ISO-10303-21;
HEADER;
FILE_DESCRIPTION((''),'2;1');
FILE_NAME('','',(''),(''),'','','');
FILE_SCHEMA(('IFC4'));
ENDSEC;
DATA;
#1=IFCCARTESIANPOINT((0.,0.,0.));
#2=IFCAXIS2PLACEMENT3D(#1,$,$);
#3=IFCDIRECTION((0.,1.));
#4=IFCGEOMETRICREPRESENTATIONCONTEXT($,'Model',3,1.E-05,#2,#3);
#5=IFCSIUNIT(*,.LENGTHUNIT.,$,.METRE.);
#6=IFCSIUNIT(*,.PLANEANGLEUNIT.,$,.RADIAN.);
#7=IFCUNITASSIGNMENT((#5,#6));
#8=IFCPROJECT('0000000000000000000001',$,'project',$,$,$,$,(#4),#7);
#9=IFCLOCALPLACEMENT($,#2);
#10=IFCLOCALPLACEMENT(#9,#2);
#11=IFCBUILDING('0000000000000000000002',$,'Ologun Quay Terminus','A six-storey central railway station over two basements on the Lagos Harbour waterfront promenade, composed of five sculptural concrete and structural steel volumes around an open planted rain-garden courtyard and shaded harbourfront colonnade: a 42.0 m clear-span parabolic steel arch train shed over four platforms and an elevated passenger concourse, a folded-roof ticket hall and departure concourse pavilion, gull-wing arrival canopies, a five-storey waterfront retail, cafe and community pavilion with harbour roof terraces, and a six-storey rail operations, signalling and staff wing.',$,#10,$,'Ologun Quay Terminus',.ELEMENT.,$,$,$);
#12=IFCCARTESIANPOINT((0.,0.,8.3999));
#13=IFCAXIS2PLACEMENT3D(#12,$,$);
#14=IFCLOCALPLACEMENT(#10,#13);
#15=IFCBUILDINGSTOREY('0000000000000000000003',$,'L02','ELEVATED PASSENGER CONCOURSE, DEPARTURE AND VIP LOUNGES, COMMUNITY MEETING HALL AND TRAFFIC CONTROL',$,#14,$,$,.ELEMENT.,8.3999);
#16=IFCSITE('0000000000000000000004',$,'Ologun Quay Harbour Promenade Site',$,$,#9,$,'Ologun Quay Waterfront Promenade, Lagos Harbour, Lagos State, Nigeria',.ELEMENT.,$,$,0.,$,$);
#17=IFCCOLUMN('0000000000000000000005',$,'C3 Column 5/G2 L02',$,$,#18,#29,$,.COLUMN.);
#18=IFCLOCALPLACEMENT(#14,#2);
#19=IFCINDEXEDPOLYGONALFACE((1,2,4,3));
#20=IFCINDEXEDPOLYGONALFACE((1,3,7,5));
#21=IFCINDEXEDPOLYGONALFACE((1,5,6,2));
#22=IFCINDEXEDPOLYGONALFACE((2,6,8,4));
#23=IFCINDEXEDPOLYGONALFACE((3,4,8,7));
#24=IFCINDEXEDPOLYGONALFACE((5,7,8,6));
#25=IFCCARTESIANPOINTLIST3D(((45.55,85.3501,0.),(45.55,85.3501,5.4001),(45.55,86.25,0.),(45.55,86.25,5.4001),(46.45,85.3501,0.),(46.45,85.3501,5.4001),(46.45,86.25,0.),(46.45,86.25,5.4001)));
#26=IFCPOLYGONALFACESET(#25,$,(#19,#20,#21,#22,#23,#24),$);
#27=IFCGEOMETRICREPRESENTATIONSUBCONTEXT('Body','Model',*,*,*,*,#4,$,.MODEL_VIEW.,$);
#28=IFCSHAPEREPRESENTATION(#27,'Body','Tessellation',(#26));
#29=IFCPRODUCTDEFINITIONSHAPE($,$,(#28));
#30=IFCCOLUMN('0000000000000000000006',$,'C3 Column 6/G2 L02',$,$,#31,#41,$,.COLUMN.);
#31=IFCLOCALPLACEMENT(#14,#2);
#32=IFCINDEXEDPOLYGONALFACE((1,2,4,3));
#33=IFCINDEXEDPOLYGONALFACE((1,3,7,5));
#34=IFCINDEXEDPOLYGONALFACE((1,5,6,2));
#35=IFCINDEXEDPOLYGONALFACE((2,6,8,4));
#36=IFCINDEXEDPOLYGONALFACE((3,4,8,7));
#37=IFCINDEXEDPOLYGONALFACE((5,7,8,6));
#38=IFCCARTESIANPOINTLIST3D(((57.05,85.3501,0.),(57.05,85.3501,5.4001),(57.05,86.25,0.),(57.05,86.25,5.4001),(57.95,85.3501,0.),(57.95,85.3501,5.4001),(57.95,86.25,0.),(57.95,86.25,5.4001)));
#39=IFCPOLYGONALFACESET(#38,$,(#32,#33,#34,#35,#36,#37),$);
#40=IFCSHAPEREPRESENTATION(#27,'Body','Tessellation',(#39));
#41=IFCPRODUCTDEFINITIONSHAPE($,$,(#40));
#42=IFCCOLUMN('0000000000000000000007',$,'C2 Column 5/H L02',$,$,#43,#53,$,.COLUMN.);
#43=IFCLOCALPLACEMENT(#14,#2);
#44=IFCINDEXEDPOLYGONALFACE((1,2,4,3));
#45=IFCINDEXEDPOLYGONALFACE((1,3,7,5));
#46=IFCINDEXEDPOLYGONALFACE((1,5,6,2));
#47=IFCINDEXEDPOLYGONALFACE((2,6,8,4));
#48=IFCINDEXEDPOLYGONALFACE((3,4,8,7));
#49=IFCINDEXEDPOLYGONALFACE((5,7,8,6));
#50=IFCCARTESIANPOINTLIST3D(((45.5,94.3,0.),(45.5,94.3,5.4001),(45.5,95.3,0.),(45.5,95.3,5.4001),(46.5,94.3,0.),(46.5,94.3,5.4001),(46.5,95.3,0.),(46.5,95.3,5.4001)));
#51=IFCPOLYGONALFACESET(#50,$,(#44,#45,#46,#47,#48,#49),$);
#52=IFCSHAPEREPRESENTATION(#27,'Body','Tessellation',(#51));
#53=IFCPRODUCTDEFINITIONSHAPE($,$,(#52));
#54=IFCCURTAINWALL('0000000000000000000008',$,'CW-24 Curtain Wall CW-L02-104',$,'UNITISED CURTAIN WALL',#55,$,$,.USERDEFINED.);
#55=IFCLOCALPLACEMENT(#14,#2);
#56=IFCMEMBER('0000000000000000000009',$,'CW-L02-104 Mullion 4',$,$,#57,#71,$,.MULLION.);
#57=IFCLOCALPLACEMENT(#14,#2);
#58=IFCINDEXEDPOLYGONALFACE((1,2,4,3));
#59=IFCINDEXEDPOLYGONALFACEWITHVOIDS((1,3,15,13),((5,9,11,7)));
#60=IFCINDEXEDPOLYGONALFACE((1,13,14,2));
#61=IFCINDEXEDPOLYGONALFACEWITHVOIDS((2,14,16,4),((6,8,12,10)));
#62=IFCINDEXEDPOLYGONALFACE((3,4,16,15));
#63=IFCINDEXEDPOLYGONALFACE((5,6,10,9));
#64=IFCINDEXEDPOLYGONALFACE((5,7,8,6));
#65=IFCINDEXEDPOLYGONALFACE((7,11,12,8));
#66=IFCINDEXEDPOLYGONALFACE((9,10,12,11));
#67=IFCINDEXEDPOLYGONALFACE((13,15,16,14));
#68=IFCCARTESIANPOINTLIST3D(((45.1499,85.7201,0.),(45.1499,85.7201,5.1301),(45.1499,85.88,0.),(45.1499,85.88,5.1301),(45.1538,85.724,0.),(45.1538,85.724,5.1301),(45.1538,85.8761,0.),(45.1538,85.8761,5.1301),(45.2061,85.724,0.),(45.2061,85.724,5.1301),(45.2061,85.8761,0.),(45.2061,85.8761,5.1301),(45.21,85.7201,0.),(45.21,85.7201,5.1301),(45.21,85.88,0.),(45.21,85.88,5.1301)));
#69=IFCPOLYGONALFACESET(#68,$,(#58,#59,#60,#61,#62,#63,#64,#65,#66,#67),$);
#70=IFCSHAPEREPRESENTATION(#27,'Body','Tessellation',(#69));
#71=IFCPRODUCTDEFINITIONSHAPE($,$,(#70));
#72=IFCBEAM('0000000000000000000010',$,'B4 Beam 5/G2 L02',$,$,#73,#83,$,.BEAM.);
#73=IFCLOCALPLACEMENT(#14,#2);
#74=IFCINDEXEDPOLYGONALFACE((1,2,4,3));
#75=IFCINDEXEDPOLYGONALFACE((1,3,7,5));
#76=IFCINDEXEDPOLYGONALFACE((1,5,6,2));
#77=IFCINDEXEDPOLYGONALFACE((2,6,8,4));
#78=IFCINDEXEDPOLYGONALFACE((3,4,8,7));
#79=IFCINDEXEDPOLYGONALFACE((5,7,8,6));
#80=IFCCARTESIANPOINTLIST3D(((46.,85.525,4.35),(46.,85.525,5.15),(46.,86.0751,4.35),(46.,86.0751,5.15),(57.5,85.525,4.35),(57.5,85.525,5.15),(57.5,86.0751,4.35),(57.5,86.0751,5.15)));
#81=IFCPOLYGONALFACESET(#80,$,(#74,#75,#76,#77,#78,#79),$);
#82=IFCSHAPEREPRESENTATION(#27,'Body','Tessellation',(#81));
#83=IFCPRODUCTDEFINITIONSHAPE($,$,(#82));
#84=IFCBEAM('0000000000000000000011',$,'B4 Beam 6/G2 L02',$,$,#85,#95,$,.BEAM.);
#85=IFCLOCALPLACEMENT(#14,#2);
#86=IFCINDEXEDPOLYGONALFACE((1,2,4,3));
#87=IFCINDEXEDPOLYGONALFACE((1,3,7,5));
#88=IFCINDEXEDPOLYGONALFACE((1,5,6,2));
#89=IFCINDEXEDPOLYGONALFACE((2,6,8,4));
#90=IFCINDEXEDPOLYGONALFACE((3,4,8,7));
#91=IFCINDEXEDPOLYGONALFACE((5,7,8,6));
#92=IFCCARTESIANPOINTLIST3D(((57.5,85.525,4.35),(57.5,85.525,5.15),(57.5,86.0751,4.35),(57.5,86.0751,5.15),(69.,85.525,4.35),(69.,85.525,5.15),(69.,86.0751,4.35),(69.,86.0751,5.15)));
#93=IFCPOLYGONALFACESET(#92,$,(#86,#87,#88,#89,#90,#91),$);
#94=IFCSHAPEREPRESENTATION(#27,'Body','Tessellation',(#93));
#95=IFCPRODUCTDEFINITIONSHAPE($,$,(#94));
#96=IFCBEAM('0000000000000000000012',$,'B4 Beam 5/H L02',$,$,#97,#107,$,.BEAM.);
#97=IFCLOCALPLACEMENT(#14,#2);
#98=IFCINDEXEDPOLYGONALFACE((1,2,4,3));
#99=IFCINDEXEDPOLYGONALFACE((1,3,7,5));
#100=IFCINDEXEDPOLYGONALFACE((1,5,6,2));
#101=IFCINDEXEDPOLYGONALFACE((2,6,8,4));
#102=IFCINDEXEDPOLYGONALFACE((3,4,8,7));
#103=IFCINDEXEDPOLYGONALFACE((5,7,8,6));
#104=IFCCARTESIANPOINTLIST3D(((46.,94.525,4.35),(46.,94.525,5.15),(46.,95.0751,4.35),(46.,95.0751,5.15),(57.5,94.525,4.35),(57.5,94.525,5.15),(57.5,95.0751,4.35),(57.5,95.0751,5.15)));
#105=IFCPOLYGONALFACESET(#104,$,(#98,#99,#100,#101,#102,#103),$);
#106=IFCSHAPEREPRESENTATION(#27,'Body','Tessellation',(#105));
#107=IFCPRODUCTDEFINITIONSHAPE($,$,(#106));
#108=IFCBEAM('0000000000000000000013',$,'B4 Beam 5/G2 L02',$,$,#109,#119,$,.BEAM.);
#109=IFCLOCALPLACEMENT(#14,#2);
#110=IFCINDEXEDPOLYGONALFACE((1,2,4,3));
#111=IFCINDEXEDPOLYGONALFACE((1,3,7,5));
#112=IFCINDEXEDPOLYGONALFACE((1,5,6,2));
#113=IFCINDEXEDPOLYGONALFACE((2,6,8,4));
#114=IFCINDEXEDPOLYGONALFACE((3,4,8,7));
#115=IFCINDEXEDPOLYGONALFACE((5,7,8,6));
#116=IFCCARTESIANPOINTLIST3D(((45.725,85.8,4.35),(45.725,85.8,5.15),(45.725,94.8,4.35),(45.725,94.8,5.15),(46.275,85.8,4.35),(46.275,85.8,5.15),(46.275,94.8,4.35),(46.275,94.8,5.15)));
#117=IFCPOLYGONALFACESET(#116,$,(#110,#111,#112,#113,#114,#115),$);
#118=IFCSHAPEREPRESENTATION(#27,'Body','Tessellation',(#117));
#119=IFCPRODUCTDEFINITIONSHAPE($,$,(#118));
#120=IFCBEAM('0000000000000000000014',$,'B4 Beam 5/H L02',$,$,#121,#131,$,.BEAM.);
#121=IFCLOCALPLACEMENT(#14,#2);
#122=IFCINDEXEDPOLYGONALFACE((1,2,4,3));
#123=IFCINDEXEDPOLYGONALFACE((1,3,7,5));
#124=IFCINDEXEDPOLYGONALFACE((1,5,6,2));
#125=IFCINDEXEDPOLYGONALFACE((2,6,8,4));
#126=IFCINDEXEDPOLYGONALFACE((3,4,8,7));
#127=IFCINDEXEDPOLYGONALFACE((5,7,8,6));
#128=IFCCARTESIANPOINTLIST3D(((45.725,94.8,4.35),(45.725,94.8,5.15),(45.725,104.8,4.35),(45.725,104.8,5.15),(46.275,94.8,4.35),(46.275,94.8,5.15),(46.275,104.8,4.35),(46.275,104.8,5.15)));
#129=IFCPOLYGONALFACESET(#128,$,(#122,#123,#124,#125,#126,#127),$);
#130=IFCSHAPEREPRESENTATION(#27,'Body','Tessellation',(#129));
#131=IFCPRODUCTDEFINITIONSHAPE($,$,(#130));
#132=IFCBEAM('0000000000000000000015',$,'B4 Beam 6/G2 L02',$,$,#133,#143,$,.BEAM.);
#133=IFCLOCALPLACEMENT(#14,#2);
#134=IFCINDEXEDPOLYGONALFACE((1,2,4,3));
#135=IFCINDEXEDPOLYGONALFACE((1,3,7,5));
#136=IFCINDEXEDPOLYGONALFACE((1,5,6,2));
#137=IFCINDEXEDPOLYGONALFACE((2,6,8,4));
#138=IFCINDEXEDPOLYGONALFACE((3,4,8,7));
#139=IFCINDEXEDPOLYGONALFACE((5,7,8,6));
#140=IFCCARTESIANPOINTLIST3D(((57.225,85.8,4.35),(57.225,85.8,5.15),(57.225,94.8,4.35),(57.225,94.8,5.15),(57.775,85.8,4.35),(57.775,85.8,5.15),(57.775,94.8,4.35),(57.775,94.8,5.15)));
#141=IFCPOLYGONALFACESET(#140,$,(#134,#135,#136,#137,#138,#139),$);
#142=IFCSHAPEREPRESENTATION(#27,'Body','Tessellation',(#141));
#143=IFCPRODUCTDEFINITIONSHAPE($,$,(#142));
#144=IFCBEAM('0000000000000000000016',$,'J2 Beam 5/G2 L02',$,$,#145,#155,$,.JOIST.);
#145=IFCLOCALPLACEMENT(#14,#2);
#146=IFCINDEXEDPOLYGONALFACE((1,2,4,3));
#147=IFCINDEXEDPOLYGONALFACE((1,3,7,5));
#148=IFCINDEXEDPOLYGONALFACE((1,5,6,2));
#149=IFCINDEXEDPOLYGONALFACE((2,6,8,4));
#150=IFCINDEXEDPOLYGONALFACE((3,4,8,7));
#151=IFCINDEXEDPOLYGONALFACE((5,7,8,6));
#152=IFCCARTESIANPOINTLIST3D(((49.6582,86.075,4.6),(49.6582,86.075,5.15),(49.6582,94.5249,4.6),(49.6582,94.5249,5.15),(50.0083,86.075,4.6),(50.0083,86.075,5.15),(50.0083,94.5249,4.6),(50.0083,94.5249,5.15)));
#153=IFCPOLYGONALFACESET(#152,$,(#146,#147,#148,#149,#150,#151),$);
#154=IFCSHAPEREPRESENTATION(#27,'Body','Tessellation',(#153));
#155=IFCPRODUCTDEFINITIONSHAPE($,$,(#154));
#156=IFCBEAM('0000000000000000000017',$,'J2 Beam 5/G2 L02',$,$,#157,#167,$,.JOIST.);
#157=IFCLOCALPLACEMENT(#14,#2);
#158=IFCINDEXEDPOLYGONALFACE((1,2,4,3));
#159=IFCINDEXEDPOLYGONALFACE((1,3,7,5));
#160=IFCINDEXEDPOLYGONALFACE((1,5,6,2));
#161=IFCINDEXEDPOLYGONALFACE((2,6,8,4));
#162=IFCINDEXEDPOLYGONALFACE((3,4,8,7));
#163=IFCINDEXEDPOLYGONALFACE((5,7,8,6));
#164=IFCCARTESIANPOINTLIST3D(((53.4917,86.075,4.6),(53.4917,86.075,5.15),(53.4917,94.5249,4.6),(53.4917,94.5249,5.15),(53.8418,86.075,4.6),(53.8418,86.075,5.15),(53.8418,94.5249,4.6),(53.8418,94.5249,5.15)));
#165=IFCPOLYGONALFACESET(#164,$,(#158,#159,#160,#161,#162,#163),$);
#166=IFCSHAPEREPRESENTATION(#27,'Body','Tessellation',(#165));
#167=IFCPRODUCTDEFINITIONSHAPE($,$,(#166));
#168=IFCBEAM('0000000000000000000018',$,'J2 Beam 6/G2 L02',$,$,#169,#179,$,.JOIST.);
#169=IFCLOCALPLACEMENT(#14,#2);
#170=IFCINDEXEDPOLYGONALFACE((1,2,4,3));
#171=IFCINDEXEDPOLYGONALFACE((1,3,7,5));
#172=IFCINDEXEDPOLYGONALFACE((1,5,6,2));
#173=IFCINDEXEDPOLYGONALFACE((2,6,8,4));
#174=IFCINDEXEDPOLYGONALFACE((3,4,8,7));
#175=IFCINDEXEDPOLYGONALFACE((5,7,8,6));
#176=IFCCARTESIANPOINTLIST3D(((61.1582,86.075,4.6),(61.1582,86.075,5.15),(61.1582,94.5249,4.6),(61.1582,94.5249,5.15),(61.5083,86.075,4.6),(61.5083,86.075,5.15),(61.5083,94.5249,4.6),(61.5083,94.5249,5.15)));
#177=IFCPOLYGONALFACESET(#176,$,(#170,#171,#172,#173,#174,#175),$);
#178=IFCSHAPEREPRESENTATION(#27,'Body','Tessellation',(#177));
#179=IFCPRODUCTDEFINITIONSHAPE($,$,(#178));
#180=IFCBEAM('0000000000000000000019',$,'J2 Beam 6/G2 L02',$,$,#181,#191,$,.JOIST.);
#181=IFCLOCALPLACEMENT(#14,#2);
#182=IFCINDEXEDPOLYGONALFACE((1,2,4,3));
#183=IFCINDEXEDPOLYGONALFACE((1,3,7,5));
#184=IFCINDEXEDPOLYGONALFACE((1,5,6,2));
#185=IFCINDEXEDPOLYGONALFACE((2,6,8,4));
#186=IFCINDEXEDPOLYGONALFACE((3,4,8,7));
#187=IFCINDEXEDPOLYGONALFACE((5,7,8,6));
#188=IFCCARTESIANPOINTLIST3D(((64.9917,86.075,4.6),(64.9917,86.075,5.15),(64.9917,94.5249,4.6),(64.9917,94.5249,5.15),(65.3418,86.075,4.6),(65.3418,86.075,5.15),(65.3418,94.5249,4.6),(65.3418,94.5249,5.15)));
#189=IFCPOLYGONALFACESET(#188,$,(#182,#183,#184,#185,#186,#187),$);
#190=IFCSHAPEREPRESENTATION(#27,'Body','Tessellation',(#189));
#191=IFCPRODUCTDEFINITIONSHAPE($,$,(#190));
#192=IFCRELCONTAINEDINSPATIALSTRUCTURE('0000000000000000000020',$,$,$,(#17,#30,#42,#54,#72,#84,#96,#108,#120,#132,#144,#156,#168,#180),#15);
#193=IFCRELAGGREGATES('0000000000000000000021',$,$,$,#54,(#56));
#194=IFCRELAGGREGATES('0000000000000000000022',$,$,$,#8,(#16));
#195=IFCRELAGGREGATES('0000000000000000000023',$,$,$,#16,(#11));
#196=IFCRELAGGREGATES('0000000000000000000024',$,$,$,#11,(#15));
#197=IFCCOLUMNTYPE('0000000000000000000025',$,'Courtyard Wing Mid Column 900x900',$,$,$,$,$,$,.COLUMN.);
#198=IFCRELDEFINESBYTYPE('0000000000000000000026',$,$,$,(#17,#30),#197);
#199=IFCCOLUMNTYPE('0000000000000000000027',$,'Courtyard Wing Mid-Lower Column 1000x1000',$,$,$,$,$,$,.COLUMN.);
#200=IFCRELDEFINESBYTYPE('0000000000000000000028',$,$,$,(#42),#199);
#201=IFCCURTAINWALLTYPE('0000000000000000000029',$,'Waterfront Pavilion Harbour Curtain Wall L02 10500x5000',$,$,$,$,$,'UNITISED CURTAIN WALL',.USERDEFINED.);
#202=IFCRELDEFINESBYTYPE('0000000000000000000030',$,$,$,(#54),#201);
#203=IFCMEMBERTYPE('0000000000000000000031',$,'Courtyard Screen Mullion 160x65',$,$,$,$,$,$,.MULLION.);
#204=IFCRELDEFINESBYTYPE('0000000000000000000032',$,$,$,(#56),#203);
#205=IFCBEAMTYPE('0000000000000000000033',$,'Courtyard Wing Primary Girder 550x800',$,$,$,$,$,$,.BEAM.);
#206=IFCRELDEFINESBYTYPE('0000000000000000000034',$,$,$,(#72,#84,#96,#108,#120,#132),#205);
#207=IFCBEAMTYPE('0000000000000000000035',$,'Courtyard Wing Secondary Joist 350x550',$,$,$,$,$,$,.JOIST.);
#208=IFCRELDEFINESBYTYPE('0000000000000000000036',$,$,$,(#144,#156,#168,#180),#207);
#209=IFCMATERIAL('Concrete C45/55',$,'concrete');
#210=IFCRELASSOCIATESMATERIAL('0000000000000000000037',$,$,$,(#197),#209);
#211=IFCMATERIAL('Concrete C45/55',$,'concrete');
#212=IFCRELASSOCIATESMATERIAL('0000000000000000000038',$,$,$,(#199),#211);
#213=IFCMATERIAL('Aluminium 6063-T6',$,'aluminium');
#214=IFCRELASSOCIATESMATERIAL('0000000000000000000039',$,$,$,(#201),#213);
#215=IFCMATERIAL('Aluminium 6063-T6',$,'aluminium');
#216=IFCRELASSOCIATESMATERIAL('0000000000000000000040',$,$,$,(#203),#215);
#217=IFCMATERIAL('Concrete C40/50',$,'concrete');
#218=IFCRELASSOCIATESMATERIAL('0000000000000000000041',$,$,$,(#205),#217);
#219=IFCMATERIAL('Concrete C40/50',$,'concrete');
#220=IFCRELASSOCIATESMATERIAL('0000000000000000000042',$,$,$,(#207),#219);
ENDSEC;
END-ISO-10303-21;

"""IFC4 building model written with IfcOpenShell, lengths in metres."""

from ifc_helpers import new_model, si_unit, direction, frame, origin, origin_2d, place, context, subcontext, project, spatial, rectangle, hollow_rectangle, extrude, material, material_profile, profile_set, type_object, element, aggregate, save


model = new_model("IFC4")

# Units and contexts
model_context = context("Model", 3, precision=1e-05, world=origin(), true_north=direction((0.0, 1.0)))
body_context = subcontext(model_context, "Body", "Model", "MODEL_VIEW")
ifc_project = project(units=[si_unit("LENGTHUNIT", "METRE"), si_unit("PLANEANGLEUNIT", "RADIAN")], contexts=[model_context])

# Site, building, storey
site_placement = place(None, origin())
site = spatial("IfcSite", under=ifc_project, at=site_placement, Name="Ologun Quay Harbour Promenade Site", LongName="Ologun Quay Waterfront Promenade, Lagos Harbour, Lagos State, Nigeria", CompositionType="ELEMENT", RefElevation=0.0)
building_placement = place(site_placement, origin())
building = spatial("IfcBuilding", under=site, at=building_placement, Name="Ologun Quay Terminus", Description="A six-storey central railway station over two basements on the Lagos Harbour waterfront promenade, composed of five sculptural concrete and structural steel volumes around an open planted rain-garden courtyard and shaded harbourfront colonnade: a 42.0 m clear-span parabolic steel arch train shed over four platforms and an elevated passenger concourse, a folded-roof ticket hall and departure concourse pavilion, gull-wing arrival canopies, a five-storey waterfront retail, cafe and community pavilion with harbour roof terraces, and a six-storey rail operations, signalling and staff wing.", LongName="Ologun Quay Terminus", CompositionType="ELEMENT")
storey_placement = place(building_placement, frame((0.0, 0.0, 8.3999)))
storey = spatial("IfcBuildingStorey", under=building, at=storey_placement, Name="L02", Description="ELEVATED PASSENGER CONCOURSE, DEPARTURE AND VIP LOUNGES, COMMUNITY MEETING HALL AND TRAFFIC CONTROL", CompositionType="ELEMENT", Elevation=8.3999)

# Columns
ifc_material_1 = material(Name="Concrete C45/55", Category="concrete")
ifc_material_profile_1 = material_profile(ifc_material_1, rectangle(XDim=0.8999, YDim=0.8999, at=origin_2d()), Name="RC 900x900")
ifc_profile_set_1 = profile_set([ifc_material_profile_1], Name="Concrete C45/55")
column_type_1 = type_object("IfcColumnType", Name="Courtyard Wing Mid Column 900x900", PredefinedType="COLUMN", material=ifc_profile_set_1)
for number, where, z_axis, x_axis, name in (
    (1, (46.0, 85.8, 0.0), (0.0, 0.0, 1.0), (1.0, 0.0, 0.0), "C3 Column 5/G2 L02"),
    (2, (57.5, 85.8, 0.0), (0.0, 0.0, 1.0), (1.0, 0.0, 0.0), "C3 Column 6/G2 L02"),
):
    element("IfcColumn", number, at=place(storey_placement, frame(where, z_axis=z_axis, x_axis=x_axis)), inside=storey, type_object=column_type_1, Name=name, PredefinedType="COLUMN", context=body_context, shape_type="SweptSolid", body=[
        extrude(rectangle(XDim=0.8999, YDim=0.8999, at=origin_2d()), origin(), (0.0, 0.0, 1.0), 5.4001),
    ])
ifc_material_2 = material(Name="Concrete C45/55", Category="concrete")
ifc_material_profile_2 = material_profile(ifc_material_2, rectangle(XDim=1.0, YDim=1.0, at=origin_2d()), Name="RC 1000x1000")
ifc_profile_set_2 = profile_set([ifc_material_profile_2], Name="Concrete C45/55")
column_type_2 = type_object("IfcColumnType", Name="Courtyard Wing Mid-Lower Column 1000x1000", PredefinedType="COLUMN", material=ifc_profile_set_2)
column_placement = place(storey_placement, frame((46.0, 94.8, 0.0), z_axis=(0.0, 0.0, 1.0), x_axis=(1.0, 0.0, 0.0)))
element("IfcColumn", 3, at=column_placement, inside=storey, type_object=column_type_2, Name="C2 Column 5/H L02", PredefinedType="COLUMN", context=body_context, shape_type="SweptSolid", body=[
    extrude(rectangle(XDim=1.0, YDim=1.0, at=origin_2d()), origin(), (0.0, 0.0, 1.0), 5.4001),
])

# Curtain wall, member
ifc_material_3 = material(Name="Aluminium 6063-T6", Category="aluminium")
curtain_wall_type = type_object("IfcCurtainWallType", Name="Waterfront Pavilion Harbour Curtain Wall L02 10500x5000", ElementType="UNITISED CURTAIN WALL", PredefinedType="USERDEFINED", material=ifc_material_3)
curtain_wall_placement = place(storey_placement, origin())
curtain_wall = element("IfcCurtainWall", 4, at=curtain_wall_placement, inside=storey, type_object=curtain_wall_type, Name="CW-24 Curtain Wall CW-L02-104", ObjectType="UNITISED CURTAIN WALL", PredefinedType="USERDEFINED")
ifc_material_4 = material(Name="Aluminium 6063-T6", Category="aluminium")
ifc_material_profile_3 = material_profile(ifc_material_4, hollow_rectangle(XDim=0.0601, YDim=0.1599, WallThickness=0.0039, at=origin_2d()), Name="ALU 160x60x4")
ifc_profile_set_3 = profile_set([ifc_material_profile_3], Name="Aluminium 6063-T6")
member_type = type_object("IfcMemberType", Name="Courtyard Screen Mullion 160x65", PredefinedType="MULLION", material=ifc_profile_set_3)
member_placement = place(storey_placement, frame((45.1799, 85.8, 0.0), z_axis=(0.0, 0.0, 1.0), x_axis=(1.0, 0.0, 0.0)))
member = element("IfcMember", 5, at=member_placement, type_object=member_type, Name="CW-L02-104 Mullion 4", PredefinedType="MULLION", context=body_context, shape_type="SweptSolid", body=[
    extrude(hollow_rectangle(XDim=0.0601, YDim=0.1599, WallThickness=0.0039, at=origin_2d()), origin(), (0.0, 0.0, 1.0), 5.1301),
])
aggregate(curtain_wall, [member])

# Beams
ifc_material_5 = material(Name="Concrete C40/50", Category="concrete")
ifc_material_profile_4 = material_profile(ifc_material_5, rectangle(XDim=0.55, YDim=0.8, at=origin_2d()), Name="RC 550x800")
ifc_profile_set_4 = profile_set([ifc_material_profile_4], Name="Concrete C40/50")
beam_type_1 = type_object("IfcBeamType", Name="Courtyard Wing Primary Girder 550x800", PredefinedType="BEAM", material=ifc_profile_set_4)
for number, where, z_axis, x_axis, name in (
    (6, (46.0, 85.8, 4.75), (1.0, 0.0, 0.0), (0.0, 1.0, 0.0), "B4 Beam 5/G2 L02"),
    (7, (57.5, 85.8, 4.75), (1.0, 0.0, 0.0), (0.0, 1.0, 0.0), "B4 Beam 6/G2 L02"),
    (8, (46.0, 94.8, 4.75), (1.0, 0.0, 0.0), (0.0, 1.0, 0.0), "B4 Beam 5/H L02"),
):
    element("IfcBeam", number, at=place(storey_placement, frame(where, z_axis=z_axis, x_axis=x_axis)), inside=storey, type_object=beam_type_1, Name=name, PredefinedType="BEAM", context=body_context, shape_type="SweptSolid", body=[
        extrude(rectangle(XDim=0.55, YDim=0.8, at=origin_2d()), origin(), (0.0, 0.0, 1.0), 11.5),
    ])
beam_1_placement = place(storey_placement, frame((46.0, 85.8, 4.75), z_axis=(0.0, 1.0, 0.0), x_axis=(-1.0, 0.0, 0.0)))
element("IfcBeam", 9, at=beam_1_placement, inside=storey, type_object=beam_type_1, Name="B4 Beam 5/G2 L02", PredefinedType="BEAM", context=body_context, shape_type="SweptSolid", body=[
    extrude(rectangle(XDim=0.55, YDim=0.8, at=origin_2d()), origin(), (0.0, 0.0, 1.0), 9.0),
])
beam_2_placement = place(storey_placement, frame((46.0, 94.8, 4.75), z_axis=(0.0, 1.0, 0.0), x_axis=(-1.0, 0.0, 0.0)))
element("IfcBeam", 10, at=beam_2_placement, inside=storey, type_object=beam_type_1, Name="B4 Beam 5/H L02", PredefinedType="BEAM", context=body_context, shape_type="SweptSolid", body=[
    extrude(rectangle(XDim=0.55, YDim=0.8, at=origin_2d()), origin(), (0.0, 0.0, 1.0), 10.0),
])
beam_3_placement = place(storey_placement, frame((57.5, 85.8, 4.75), z_axis=(0.0, 1.0, 0.0), x_axis=(-1.0, 0.0, 0.0)))
element("IfcBeam", 11, at=beam_3_placement, inside=storey, type_object=beam_type_1, Name="B4 Beam 6/G2 L02", PredefinedType="BEAM", context=body_context, shape_type="SweptSolid", body=[
    extrude(rectangle(XDim=0.55, YDim=0.8, at=origin_2d()), origin(), (0.0, 0.0, 1.0), 9.0),
])
ifc_material_6 = material(Name="Concrete C40/50", Category="concrete")
ifc_material_profile_5 = material_profile(ifc_material_6, rectangle(XDim=0.3501, YDim=0.55, at=origin_2d()), Name="RC 350x550")
ifc_profile_set_5 = profile_set([ifc_material_profile_5], Name="Concrete C40/50")
beam_type_2 = type_object("IfcBeamType", Name="Courtyard Wing Secondary Joist 350x550", PredefinedType="JOIST", material=ifc_profile_set_5)
for number, where, z_axis, x_axis, name in (
    (12, (49.8333, 86.075, 4.875), (0.0, 1.0, 0.0), (-1.0, 0.0, 0.0), "J2 Beam 5/G2 L02"),
    (13, (53.6667, 86.075, 4.875), (0.0, 1.0, 0.0), (-1.0, 0.0, 0.0), "J2 Beam 5/G2 L02"),
    (14, (61.3333, 86.075, 4.875), (0.0, 1.0, 0.0), (-1.0, 0.0, 0.0), "J2 Beam 6/G2 L02"),
    (15, (65.1667, 86.075, 4.875), (0.0, 1.0, 0.0), (-1.0, 0.0, 0.0), "J2 Beam 6/G2 L02"),
):
    element("IfcBeam", number, at=place(storey_placement, frame(where, z_axis=z_axis, x_axis=x_axis)), inside=storey, type_object=beam_type_2, Name=name, PredefinedType="JOIST", context=body_context, shape_type="SweptSolid", body=[
        extrude(rectangle(XDim=0.3501, YDim=0.55, at=origin_2d()), origin(), (0.0, 0.0, 1.0), 8.45),
    ])

save(model, "model.ifc")
